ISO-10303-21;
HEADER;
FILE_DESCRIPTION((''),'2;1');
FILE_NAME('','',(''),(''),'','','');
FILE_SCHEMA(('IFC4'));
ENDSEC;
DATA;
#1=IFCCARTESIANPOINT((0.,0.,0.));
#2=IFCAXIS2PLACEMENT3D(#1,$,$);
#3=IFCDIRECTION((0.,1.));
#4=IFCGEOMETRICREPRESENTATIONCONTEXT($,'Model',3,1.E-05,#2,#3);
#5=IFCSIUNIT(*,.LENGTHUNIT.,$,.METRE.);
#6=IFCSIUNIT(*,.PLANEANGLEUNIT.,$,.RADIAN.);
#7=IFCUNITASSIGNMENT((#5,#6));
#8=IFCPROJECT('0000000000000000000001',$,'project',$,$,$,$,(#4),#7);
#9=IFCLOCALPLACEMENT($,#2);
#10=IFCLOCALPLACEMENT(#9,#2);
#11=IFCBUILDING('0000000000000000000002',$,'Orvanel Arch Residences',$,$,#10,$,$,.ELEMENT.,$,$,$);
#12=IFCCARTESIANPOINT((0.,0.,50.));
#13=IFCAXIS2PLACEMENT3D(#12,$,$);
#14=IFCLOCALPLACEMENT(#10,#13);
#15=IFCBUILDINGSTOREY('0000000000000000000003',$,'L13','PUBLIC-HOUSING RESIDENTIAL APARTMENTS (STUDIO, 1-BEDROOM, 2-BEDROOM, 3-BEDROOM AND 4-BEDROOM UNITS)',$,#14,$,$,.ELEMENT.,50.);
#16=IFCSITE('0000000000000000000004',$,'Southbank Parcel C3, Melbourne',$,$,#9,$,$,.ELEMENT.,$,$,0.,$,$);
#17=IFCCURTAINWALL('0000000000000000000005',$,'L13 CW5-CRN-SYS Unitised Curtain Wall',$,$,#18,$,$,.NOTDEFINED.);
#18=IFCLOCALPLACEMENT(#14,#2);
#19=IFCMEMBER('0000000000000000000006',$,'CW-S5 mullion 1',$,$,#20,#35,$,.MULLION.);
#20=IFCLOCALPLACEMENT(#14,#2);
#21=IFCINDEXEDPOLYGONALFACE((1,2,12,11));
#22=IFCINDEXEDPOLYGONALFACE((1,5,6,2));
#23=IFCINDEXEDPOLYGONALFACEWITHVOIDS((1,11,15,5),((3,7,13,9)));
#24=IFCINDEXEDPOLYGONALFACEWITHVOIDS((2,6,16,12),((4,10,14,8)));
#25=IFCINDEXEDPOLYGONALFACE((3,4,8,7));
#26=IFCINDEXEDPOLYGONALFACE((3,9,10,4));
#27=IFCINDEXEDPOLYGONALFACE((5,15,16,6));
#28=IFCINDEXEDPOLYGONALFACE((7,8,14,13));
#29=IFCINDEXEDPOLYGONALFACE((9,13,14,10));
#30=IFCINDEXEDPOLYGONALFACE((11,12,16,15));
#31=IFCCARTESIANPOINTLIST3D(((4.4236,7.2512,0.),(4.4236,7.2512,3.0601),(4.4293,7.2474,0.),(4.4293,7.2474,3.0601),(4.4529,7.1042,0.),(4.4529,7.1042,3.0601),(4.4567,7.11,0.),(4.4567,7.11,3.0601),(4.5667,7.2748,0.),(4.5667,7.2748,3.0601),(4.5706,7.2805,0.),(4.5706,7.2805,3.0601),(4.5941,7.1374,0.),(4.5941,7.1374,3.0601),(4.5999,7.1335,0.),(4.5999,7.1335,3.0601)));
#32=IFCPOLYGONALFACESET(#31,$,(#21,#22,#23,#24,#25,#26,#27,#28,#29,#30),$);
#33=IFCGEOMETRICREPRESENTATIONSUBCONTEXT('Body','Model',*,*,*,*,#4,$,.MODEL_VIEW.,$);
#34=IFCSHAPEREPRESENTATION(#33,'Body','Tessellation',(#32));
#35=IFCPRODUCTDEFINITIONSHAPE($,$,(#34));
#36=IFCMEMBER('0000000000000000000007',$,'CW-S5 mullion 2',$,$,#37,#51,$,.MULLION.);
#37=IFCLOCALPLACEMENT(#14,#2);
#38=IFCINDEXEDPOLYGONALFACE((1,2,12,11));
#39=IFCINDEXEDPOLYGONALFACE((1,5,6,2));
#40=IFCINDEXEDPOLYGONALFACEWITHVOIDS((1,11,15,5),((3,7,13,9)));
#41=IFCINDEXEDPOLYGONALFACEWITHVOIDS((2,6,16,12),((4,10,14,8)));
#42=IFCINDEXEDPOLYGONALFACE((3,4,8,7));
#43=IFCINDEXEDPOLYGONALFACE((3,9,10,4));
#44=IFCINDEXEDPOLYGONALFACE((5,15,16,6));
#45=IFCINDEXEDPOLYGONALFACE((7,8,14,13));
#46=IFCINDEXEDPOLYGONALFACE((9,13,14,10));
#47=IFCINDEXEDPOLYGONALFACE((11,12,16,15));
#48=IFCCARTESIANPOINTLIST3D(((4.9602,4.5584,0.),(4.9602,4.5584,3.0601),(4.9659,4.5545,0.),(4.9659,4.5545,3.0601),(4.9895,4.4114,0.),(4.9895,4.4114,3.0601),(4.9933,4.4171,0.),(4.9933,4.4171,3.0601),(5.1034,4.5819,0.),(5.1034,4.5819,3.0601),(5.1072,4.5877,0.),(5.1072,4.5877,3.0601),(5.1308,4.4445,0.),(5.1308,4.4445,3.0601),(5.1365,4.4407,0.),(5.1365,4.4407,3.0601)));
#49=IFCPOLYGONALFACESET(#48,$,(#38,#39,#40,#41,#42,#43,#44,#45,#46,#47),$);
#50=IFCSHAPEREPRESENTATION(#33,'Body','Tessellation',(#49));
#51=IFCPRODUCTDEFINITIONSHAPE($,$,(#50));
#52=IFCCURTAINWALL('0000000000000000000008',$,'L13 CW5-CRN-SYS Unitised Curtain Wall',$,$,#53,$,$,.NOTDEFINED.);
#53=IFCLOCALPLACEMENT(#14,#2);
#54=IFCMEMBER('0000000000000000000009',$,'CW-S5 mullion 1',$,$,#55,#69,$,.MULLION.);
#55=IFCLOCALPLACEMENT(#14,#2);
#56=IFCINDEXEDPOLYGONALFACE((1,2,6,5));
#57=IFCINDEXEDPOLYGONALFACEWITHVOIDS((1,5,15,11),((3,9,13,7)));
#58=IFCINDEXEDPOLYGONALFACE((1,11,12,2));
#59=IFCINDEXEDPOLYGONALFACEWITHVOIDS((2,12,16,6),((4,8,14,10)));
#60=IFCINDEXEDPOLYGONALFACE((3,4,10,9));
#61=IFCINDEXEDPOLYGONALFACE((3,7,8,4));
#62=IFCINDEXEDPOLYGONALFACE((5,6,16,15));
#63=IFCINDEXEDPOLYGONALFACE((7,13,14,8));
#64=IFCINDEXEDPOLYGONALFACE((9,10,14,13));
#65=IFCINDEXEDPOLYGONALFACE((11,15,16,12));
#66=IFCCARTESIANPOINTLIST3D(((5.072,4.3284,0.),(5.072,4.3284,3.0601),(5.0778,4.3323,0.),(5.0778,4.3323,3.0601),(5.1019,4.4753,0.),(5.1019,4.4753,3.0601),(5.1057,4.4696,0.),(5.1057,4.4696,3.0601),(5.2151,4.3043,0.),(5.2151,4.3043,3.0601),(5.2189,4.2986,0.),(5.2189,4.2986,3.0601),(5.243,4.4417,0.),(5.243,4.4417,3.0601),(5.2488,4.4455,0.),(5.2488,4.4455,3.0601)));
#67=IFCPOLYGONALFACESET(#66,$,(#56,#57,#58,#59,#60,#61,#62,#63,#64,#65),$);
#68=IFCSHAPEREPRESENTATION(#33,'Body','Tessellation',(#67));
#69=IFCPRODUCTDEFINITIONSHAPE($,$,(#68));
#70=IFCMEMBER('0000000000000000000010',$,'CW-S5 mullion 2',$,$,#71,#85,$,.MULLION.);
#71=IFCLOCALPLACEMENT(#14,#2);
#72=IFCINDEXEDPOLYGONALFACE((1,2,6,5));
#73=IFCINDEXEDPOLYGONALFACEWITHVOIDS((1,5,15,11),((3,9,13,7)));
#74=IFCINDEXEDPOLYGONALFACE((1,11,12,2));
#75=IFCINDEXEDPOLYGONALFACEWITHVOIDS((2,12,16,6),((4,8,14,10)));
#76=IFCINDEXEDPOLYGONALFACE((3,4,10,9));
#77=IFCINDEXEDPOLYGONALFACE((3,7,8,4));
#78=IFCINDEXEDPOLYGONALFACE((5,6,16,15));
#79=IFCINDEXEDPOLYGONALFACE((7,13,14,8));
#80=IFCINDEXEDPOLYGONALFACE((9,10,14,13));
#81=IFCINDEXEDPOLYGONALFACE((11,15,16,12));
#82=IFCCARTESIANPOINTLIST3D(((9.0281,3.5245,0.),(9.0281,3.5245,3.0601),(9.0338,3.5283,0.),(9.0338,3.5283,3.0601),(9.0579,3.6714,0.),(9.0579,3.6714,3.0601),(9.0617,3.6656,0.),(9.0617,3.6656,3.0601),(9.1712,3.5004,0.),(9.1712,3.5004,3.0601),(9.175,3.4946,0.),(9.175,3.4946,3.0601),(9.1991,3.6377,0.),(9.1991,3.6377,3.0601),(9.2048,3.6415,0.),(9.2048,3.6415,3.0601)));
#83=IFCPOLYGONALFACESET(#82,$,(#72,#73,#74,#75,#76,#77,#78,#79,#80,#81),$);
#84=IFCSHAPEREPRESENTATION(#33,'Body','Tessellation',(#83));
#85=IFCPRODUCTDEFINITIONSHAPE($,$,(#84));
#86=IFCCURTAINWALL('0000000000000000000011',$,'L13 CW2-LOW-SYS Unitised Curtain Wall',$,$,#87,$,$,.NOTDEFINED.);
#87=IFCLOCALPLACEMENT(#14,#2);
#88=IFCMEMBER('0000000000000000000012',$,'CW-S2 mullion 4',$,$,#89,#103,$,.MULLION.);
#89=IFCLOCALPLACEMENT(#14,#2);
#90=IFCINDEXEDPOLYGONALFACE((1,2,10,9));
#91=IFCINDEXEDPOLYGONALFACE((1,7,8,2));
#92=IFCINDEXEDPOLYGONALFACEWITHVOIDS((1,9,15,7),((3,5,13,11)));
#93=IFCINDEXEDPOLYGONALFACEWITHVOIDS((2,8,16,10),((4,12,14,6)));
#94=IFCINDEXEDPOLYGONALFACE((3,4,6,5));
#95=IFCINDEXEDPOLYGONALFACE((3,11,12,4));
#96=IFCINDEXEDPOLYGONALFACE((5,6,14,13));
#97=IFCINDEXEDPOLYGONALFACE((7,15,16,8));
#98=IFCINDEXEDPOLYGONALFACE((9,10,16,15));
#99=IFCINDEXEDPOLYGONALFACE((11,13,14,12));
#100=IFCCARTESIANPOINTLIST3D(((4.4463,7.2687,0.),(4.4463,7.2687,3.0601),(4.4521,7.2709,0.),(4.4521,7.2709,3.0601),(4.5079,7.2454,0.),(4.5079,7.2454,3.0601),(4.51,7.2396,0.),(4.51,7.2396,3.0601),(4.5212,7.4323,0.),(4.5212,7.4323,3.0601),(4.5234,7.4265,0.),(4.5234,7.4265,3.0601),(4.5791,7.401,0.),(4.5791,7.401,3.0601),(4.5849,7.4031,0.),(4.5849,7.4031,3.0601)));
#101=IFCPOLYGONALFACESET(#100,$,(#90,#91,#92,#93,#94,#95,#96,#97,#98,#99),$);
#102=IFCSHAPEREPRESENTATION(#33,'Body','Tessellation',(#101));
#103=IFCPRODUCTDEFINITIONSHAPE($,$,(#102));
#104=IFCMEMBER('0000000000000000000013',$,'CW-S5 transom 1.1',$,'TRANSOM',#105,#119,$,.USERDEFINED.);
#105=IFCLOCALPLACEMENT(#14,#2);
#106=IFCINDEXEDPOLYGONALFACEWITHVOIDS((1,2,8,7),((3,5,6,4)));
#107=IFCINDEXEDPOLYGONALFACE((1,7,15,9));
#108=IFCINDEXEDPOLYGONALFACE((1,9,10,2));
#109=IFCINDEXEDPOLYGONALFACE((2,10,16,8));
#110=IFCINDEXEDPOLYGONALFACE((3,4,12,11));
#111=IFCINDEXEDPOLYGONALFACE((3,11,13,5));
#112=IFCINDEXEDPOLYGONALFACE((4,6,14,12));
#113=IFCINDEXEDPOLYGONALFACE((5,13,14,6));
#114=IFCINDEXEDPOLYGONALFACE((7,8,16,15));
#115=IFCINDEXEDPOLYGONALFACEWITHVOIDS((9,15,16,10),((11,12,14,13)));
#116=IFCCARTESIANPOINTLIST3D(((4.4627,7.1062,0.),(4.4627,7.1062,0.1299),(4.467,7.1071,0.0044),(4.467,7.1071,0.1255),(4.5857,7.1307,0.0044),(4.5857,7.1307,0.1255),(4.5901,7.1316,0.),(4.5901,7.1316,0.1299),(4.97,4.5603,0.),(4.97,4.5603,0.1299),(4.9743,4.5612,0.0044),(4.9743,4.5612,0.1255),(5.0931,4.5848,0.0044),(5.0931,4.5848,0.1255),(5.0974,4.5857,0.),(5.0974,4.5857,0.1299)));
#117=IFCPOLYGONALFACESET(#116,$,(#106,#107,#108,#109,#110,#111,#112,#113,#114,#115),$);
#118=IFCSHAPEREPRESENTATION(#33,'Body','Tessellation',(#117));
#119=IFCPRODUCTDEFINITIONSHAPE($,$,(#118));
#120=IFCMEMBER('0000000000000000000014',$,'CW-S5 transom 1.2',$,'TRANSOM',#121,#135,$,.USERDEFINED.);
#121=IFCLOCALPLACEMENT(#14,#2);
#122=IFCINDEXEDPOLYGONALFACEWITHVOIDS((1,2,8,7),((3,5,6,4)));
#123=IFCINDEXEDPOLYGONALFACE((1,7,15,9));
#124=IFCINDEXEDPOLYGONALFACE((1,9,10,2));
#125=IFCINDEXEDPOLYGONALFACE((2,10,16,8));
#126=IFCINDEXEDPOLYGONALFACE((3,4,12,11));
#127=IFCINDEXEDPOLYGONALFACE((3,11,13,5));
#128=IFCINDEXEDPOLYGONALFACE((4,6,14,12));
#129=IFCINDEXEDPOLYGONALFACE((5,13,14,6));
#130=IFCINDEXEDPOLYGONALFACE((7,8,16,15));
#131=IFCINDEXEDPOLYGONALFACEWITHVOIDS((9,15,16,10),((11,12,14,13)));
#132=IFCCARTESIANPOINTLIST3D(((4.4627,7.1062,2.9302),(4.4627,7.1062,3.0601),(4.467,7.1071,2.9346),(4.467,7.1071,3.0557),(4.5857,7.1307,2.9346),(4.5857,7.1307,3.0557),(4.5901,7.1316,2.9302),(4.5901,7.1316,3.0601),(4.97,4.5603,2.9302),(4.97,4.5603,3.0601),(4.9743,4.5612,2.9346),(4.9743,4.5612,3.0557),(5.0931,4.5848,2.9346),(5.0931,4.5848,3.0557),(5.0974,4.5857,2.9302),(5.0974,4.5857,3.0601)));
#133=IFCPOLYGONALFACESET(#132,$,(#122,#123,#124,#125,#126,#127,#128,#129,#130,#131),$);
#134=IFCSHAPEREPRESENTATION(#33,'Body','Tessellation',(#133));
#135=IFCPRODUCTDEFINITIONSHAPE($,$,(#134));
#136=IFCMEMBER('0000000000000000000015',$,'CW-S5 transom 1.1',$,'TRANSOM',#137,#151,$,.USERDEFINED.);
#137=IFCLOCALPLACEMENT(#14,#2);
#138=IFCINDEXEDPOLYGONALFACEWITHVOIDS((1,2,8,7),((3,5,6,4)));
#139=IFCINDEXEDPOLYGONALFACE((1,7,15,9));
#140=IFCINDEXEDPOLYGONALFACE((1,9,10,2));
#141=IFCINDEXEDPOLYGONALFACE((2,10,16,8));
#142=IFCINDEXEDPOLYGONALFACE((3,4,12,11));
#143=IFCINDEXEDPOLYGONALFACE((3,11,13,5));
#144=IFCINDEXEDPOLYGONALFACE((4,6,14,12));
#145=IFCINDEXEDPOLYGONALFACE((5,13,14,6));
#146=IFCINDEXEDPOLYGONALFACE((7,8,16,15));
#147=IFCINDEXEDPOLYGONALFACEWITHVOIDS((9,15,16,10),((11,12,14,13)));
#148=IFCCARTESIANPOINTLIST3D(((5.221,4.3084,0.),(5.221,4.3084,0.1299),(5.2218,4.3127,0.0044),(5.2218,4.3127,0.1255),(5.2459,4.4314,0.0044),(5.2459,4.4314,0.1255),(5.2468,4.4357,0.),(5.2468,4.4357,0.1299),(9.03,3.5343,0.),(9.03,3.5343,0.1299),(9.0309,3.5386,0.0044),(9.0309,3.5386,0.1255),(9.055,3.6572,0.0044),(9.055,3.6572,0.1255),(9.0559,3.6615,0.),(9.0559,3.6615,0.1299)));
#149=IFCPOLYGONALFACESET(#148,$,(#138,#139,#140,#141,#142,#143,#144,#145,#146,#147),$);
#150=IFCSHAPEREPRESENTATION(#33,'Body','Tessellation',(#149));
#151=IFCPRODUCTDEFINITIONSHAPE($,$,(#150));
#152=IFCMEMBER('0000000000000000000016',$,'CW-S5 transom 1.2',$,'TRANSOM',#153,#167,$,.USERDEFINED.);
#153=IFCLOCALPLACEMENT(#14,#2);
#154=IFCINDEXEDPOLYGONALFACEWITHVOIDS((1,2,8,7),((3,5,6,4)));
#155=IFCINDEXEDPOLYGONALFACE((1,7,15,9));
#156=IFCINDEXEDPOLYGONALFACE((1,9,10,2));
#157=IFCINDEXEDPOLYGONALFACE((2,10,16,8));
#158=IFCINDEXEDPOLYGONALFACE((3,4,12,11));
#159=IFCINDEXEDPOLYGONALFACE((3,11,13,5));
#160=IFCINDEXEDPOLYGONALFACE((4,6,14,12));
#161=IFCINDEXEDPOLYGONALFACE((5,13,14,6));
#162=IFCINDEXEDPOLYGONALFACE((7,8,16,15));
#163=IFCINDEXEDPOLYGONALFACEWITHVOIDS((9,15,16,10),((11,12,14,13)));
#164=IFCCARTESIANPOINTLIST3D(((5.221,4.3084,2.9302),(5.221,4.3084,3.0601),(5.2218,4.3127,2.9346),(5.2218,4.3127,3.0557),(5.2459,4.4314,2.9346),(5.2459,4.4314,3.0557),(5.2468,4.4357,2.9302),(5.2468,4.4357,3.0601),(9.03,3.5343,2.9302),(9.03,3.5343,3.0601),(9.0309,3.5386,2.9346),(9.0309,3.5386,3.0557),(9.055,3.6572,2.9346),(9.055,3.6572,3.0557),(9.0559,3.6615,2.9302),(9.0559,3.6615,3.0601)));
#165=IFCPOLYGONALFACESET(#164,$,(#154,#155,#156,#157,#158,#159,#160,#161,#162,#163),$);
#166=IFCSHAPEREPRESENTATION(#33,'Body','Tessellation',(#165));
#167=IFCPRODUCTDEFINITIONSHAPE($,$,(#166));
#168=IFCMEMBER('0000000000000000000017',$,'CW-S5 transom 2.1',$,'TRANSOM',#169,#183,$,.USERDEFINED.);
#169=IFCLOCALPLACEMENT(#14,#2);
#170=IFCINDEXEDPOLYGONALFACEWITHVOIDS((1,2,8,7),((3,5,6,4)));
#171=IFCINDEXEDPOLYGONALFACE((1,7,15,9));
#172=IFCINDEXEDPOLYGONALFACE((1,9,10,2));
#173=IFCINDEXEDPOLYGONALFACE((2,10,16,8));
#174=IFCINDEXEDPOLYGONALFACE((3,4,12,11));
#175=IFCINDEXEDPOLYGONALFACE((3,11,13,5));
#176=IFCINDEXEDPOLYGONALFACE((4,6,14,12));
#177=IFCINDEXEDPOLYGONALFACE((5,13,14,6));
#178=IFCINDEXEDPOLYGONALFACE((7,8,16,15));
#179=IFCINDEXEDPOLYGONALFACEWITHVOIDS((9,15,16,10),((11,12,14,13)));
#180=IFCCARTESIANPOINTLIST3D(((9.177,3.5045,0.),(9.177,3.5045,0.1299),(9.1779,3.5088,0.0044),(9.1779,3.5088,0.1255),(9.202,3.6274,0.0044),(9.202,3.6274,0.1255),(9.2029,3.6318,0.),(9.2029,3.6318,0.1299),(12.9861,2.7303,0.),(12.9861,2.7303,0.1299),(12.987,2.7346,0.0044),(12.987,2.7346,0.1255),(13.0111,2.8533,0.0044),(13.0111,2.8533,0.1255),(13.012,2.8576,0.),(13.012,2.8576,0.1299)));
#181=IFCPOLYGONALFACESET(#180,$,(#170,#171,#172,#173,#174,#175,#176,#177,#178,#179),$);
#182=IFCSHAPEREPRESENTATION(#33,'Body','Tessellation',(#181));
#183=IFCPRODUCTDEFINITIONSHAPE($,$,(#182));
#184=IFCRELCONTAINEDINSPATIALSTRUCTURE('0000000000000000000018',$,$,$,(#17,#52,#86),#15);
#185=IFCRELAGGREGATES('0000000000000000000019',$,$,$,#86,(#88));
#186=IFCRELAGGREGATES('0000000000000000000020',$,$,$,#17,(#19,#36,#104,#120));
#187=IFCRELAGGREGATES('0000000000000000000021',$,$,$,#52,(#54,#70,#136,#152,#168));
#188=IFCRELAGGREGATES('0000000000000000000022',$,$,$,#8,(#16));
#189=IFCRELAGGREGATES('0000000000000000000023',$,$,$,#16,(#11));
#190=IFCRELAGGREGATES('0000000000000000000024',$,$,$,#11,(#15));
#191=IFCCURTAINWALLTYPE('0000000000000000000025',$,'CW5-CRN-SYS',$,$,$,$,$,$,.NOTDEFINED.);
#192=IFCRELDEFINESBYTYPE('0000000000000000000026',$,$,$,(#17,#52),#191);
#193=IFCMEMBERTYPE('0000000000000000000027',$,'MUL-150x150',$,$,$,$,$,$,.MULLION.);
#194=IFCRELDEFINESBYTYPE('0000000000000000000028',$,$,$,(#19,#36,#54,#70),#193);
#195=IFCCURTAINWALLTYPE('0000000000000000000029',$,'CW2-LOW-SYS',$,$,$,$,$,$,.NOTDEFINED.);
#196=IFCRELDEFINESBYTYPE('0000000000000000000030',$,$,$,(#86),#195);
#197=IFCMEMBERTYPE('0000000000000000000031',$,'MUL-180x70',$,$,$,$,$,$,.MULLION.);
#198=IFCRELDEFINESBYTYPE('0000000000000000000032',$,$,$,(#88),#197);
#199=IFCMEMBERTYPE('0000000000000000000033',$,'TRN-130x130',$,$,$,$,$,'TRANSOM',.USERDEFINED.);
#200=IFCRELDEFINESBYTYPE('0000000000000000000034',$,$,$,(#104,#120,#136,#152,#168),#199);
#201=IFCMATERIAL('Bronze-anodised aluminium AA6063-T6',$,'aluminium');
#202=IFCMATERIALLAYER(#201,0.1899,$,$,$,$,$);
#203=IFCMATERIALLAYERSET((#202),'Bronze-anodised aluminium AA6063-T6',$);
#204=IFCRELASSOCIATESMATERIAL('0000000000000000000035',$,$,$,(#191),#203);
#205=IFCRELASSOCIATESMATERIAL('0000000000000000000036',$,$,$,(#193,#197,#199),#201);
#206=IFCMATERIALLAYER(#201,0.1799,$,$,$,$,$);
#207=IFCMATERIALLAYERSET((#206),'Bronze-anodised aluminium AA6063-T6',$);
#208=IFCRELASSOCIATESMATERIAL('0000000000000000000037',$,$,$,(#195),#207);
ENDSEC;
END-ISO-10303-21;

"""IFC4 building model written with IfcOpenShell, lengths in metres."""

from ifc_helpers import new_model, si_unit, direction, frame, origin, origin_2d, place, context, subcontext, project, spatial, hollow_rectangle, extrude, material, layer, layer_set, material_profile, profile_set, type_object, element, aggregate, save


model = new_model("IFC4")

# Units and contexts
model_context = context("Model", 3, precision=1e-05, world=origin(), true_north=direction((0.0, 1.0)))
body_context = subcontext(model_context, "Body", "Model", "MODEL_VIEW")
ifc_project = project(units=[si_unit("LENGTHUNIT", "METRE"), si_unit("PLANEANGLEUNIT", "RADIAN")], contexts=[model_context])

# Site, building, storey
site_placement = place(None, origin())
site = spatial("IfcSite", under=ifc_project, at=site_placement, Name="Southbank Parcel C3, Melbourne", CompositionType="ELEMENT", RefElevation=0.0)
building_placement = place(site_placement, origin())
building = spatial("IfcBuilding", under=site, at=building_placement, Name="Orvanel Arch Residences", CompositionType="ELEMENT")
storey_placement = place(building_placement, frame((0.0, 0.0, 50.0)))
storey = spatial("IfcBuildingStorey", under=building, at=storey_placement, Name="L13", Description="PUBLIC-HOUSING RESIDENTIAL APARTMENTS (STUDIO, 1-BEDROOM, 2-BEDROOM, 3-BEDROOM AND 4-BEDROOM UNITS)", CompositionType="ELEMENT", Elevation=50.0)

# Curtain walls, members
ifc_material_1 = material(Name="Bronze-anodised aluminium AA6063-T6", Category="aluminium")
ifc_layer_1 = layer(ifc_material_1, 0.1899)
ifc_layer_set_1 = layer_set([ifc_layer_1], Name="Bronze-anodised aluminium AA6063-T6")
curtain_wall_type_1 = type_object("IfcCurtainWallType", Name="CW5-CRN-SYS", PredefinedType="NOTDEFINED", material=ifc_layer_set_1)
curtain_wall_1_placement = place(storey_placement, origin())
curtain_wall_1 = element("IfcCurtainWall", 1, at=curtain_wall_1_placement, inside=storey, type_object=curtain_wall_type_1, Name="L13 CW5-CRN-SYS Unitised Curtain Wall", PredefinedType="NOTDEFINED")
ifc_material_profile_1 = material_profile(ifc_material_1, hollow_rectangle(XDim=0.1499, YDim=0.1499, WallThickness=0.0049, at=origin_2d()), Name="ALU150x150x5")
ifc_profile_set_1 = profile_set([ifc_material_profile_1], Name="Bronze-anodised aluminium AA6063-T6")
member_type_1 = type_object("IfcMemberType", Name="MUL-150x150", PredefinedType="MULLION", material=ifc_profile_set_1)
member_1_placement = place(storey_placement, frame((4.5117, 7.1924, 0.0), z_axis=(0.0, 0.0, 1.0), x_axis=(0.980713, 0.195452, 0.0)))
member_1 = element("IfcMember", 2, at=member_1_placement, type_object=member_type_1, Name="CW-S5 mullion 1", PredefinedType="MULLION", context=body_context, shape_type="SweptSolid", body=[
    extrude(hollow_rectangle(XDim=0.1499, YDim=0.1499, WallThickness=0.0049, at=origin_2d()), origin(), (0.0, 0.0, 1.0), 3.0601),
])
member_2_placement = place(storey_placement, frame((5.0483, 4.4995, 0.0), z_axis=(0.0, 0.0, 1.0), x_axis=(0.980713, 0.195452, 0.0)))
member_2 = element("IfcMember", 3, at=member_2_placement, type_object=member_type_1, Name="CW-S5 mullion 2", PredefinedType="MULLION", context=body_context, shape_type="SweptSolid", body=[
    extrude(hollow_rectangle(XDim=0.1499, YDim=0.1499, WallThickness=0.0049, at=origin_2d()), origin(), (0.0, 0.0, 1.0), 3.0601),
])
curtain_wall_2_placement = place(storey_placement, origin())
curtain_wall_2 = element("IfcCurtainWall", 4, at=curtain_wall_2_placement, inside=storey, type_object=curtain_wall_type_1, Name="L13 CW5-CRN-SYS Unitised Curtain Wall", PredefinedType="NOTDEFINED")
member_3_placement = place(storey_placement, frame((5.1604, 4.387, 0.0), z_axis=(0.0, 0.0, 1.0), x_axis=(0.199179, 0.979963, 0.0)))
member_3 = element("IfcMember", 5, at=member_3_placement, type_object=member_type_1, Name="CW-S5 mullion 1", PredefinedType="MULLION", context=body_context, shape_type="SweptSolid", body=[
    extrude(hollow_rectangle(XDim=0.1499, YDim=0.1499, WallThickness=0.0049, at=origin_2d()), origin(), (0.0, 0.0, 1.0), 3.0601),
])
member_4_placement = place(storey_placement, frame((9.1165, 3.583, 0.0), z_axis=(0.0, 0.0, 1.0), x_axis=(0.199179, 0.979963, 0.0)))
member_4 = element("IfcMember", 6, at=member_4_placement, type_object=member_type_1, Name="CW-S5 mullion 2", PredefinedType="MULLION", context=body_context, shape_type="SweptSolid", body=[
    extrude(hollow_rectangle(XDim=0.1499, YDim=0.1499, WallThickness=0.0049, at=origin_2d()), origin(), (0.0, 0.0, 1.0), 3.0601),
])

# Curtain wall, member
ifc_layer_2 = layer(ifc_material_1, 0.1799)
ifc_layer_set_2 = layer_set([ifc_layer_2], Name="Bronze-anodised aluminium AA6063-T6")
curtain_wall_type_2 = type_object("IfcCurtainWallType", Name="CW2-LOW-SYS", PredefinedType="NOTDEFINED", material=ifc_layer_set_2)
curtain_wall_3_placement = place(storey_placement, origin())
curtain_wall_3 = element("IfcCurtainWall", 7, at=curtain_wall_3_placement, inside=storey, type_object=curtain_wall_type_2, Name="L13 CW2-LOW-SYS Unitised Curtain Wall", PredefinedType="NOTDEFINED")
ifc_material_profile_2 = material_profile(ifc_material_1, hollow_rectangle(XDim=0.0701, YDim=0.1799, WallThickness=0.0044, at=origin_2d()), Name="ALU180x70x4.5")
ifc_profile_set_2 = profile_set([ifc_material_profile_2], Name="Bronze-anodised aluminium AA6063-T6")
member_type_2 = type_object("IfcMemberType", Name="MUL-180x70", PredefinedType="MULLION", material=ifc_profile_set_2)
member_5_placement = place(storey_placement, frame((4.5156, 7.3359, 0.0), z_axis=(0.0, 0.0, 1.0), x_axis=(0.909193, -0.416374, 0.0)))
member_5 = element("IfcMember", 8, at=member_5_placement, type_object=member_type_2, Name="CW-S2 mullion 4", PredefinedType="MULLION", context=body_context, shape_type="SweptSolid", body=[
    extrude(hollow_rectangle(XDim=0.0701, YDim=0.1799, WallThickness=0.0044, at=origin_2d()), origin(), (0.0, 0.0, 1.0), 3.0601),
])
aggregate(curtain_wall_3, [member_5])

# Members
ifc_material_profile_3 = material_profile(ifc_material_1, hollow_rectangle(XDim=0.1299, YDim=0.1299, WallThickness=0.0044, at=origin_2d()), Name="ALU130x130x4.5")
ifc_profile_set_3 = profile_set([ifc_material_profile_3], Name="Bronze-anodised aluminium AA6063-T6")
member_type_3 = type_object("IfcMemberType", Name="TRN-130x130", ElementType="TRANSOM", PredefinedType="USERDEFINED", material=ifc_profile_set_3)
member_6_placement = place(storey_placement, frame((4.5264, 7.1189, 0.0649), z_axis=(0.195429, -0.980718, 0.0), x_axis=(0.980718, 0.195429, 0.0)))
member_6 = element("IfcMember", 9, at=member_6_placement, type_object=member_type_3, Name="CW-S5 transom 1.1", ObjectType="TRANSOM", PredefinedType="USERDEFINED", context=body_context, shape_type="SweptSolid", body=[
    extrude(hollow_rectangle(XDim=0.1299, YDim=0.1299, WallThickness=0.0044, at=origin_2d()), origin(), (0.0, 0.0, 1.0), 2.5959),
])
member_7_placement = place(storey_placement, frame((4.5264, 7.1189, 2.9951), z_axis=(0.195429, -0.980718, 0.0), x_axis=(0.980718, 0.195429, 0.0)))
member_7 = element("IfcMember", 10, at=member_7_placement, type_object=member_type_3, Name="CW-S5 transom 1.2", ObjectType="TRANSOM", PredefinedType="USERDEFINED", context=body_context, shape_type="SweptSolid", body=[
    extrude(hollow_rectangle(XDim=0.1299, YDim=0.1299, WallThickness=0.0044, at=origin_2d()), origin(), (0.0, 0.0, 1.0), 2.5959),
])
member_8_placement = place(storey_placement, frame((5.2339, 4.3721, 0.0649), z_axis=(0.979965, -0.199171, 0.0), x_axis=(0.199171, 0.979965, 0.0)))
member_8 = element("IfcMember", 11, at=member_8_placement, type_object=member_type_3, Name="CW-S5 transom 1.1", ObjectType="TRANSOM", PredefinedType="USERDEFINED", context=body_context, shape_type="SweptSolid", body=[
    extrude(hollow_rectangle(XDim=0.1299, YDim=0.1299, WallThickness=0.0044, at=origin_2d()), origin(), (0.0, 0.0, 1.0), 3.887),
])
member_9_placement = place(storey_placement, frame((5.2339, 4.3721, 2.9951), z_axis=(0.979965, -0.199171, 0.0), x_axis=(0.199171, 0.979965, 0.0)))
member_9 = element("IfcMember", 12, at=member_9_placement, type_object=member_type_3, Name="CW-S5 transom 1.2", ObjectType="TRANSOM", PredefinedType="USERDEFINED", context=body_context, shape_type="SweptSolid", body=[
    extrude(hollow_rectangle(XDim=0.1299, YDim=0.1299, WallThickness=0.0044, at=origin_2d()), origin(), (0.0, 0.0, 1.0), 3.887),
])
member_10_placement = place(storey_placement, frame((9.1899, 3.5681, 0.0649), z_axis=(0.979965, -0.199171, 0.0), x_axis=(0.199171, 0.979965, 0.0)))
member_10 = element("IfcMember", 13, at=member_10_placement, type_object=member_type_3, Name="CW-S5 transom 2.1", ObjectType="TRANSOM", PredefinedType="USERDEFINED", context=body_context, shape_type="SweptSolid", body=[
    extrude(hollow_rectangle(XDim=0.1299, YDim=0.1299, WallThickness=0.0044, at=origin_2d()), origin(), (0.0, 0.0, 1.0), 3.887),
])

aggregate(curtain_wall_1, [member_1, member_2, member_6, member_7])
aggregate(curtain_wall_2, [member_3, member_4, member_8, member_9, member_10])

save(model, "model.ifc")
